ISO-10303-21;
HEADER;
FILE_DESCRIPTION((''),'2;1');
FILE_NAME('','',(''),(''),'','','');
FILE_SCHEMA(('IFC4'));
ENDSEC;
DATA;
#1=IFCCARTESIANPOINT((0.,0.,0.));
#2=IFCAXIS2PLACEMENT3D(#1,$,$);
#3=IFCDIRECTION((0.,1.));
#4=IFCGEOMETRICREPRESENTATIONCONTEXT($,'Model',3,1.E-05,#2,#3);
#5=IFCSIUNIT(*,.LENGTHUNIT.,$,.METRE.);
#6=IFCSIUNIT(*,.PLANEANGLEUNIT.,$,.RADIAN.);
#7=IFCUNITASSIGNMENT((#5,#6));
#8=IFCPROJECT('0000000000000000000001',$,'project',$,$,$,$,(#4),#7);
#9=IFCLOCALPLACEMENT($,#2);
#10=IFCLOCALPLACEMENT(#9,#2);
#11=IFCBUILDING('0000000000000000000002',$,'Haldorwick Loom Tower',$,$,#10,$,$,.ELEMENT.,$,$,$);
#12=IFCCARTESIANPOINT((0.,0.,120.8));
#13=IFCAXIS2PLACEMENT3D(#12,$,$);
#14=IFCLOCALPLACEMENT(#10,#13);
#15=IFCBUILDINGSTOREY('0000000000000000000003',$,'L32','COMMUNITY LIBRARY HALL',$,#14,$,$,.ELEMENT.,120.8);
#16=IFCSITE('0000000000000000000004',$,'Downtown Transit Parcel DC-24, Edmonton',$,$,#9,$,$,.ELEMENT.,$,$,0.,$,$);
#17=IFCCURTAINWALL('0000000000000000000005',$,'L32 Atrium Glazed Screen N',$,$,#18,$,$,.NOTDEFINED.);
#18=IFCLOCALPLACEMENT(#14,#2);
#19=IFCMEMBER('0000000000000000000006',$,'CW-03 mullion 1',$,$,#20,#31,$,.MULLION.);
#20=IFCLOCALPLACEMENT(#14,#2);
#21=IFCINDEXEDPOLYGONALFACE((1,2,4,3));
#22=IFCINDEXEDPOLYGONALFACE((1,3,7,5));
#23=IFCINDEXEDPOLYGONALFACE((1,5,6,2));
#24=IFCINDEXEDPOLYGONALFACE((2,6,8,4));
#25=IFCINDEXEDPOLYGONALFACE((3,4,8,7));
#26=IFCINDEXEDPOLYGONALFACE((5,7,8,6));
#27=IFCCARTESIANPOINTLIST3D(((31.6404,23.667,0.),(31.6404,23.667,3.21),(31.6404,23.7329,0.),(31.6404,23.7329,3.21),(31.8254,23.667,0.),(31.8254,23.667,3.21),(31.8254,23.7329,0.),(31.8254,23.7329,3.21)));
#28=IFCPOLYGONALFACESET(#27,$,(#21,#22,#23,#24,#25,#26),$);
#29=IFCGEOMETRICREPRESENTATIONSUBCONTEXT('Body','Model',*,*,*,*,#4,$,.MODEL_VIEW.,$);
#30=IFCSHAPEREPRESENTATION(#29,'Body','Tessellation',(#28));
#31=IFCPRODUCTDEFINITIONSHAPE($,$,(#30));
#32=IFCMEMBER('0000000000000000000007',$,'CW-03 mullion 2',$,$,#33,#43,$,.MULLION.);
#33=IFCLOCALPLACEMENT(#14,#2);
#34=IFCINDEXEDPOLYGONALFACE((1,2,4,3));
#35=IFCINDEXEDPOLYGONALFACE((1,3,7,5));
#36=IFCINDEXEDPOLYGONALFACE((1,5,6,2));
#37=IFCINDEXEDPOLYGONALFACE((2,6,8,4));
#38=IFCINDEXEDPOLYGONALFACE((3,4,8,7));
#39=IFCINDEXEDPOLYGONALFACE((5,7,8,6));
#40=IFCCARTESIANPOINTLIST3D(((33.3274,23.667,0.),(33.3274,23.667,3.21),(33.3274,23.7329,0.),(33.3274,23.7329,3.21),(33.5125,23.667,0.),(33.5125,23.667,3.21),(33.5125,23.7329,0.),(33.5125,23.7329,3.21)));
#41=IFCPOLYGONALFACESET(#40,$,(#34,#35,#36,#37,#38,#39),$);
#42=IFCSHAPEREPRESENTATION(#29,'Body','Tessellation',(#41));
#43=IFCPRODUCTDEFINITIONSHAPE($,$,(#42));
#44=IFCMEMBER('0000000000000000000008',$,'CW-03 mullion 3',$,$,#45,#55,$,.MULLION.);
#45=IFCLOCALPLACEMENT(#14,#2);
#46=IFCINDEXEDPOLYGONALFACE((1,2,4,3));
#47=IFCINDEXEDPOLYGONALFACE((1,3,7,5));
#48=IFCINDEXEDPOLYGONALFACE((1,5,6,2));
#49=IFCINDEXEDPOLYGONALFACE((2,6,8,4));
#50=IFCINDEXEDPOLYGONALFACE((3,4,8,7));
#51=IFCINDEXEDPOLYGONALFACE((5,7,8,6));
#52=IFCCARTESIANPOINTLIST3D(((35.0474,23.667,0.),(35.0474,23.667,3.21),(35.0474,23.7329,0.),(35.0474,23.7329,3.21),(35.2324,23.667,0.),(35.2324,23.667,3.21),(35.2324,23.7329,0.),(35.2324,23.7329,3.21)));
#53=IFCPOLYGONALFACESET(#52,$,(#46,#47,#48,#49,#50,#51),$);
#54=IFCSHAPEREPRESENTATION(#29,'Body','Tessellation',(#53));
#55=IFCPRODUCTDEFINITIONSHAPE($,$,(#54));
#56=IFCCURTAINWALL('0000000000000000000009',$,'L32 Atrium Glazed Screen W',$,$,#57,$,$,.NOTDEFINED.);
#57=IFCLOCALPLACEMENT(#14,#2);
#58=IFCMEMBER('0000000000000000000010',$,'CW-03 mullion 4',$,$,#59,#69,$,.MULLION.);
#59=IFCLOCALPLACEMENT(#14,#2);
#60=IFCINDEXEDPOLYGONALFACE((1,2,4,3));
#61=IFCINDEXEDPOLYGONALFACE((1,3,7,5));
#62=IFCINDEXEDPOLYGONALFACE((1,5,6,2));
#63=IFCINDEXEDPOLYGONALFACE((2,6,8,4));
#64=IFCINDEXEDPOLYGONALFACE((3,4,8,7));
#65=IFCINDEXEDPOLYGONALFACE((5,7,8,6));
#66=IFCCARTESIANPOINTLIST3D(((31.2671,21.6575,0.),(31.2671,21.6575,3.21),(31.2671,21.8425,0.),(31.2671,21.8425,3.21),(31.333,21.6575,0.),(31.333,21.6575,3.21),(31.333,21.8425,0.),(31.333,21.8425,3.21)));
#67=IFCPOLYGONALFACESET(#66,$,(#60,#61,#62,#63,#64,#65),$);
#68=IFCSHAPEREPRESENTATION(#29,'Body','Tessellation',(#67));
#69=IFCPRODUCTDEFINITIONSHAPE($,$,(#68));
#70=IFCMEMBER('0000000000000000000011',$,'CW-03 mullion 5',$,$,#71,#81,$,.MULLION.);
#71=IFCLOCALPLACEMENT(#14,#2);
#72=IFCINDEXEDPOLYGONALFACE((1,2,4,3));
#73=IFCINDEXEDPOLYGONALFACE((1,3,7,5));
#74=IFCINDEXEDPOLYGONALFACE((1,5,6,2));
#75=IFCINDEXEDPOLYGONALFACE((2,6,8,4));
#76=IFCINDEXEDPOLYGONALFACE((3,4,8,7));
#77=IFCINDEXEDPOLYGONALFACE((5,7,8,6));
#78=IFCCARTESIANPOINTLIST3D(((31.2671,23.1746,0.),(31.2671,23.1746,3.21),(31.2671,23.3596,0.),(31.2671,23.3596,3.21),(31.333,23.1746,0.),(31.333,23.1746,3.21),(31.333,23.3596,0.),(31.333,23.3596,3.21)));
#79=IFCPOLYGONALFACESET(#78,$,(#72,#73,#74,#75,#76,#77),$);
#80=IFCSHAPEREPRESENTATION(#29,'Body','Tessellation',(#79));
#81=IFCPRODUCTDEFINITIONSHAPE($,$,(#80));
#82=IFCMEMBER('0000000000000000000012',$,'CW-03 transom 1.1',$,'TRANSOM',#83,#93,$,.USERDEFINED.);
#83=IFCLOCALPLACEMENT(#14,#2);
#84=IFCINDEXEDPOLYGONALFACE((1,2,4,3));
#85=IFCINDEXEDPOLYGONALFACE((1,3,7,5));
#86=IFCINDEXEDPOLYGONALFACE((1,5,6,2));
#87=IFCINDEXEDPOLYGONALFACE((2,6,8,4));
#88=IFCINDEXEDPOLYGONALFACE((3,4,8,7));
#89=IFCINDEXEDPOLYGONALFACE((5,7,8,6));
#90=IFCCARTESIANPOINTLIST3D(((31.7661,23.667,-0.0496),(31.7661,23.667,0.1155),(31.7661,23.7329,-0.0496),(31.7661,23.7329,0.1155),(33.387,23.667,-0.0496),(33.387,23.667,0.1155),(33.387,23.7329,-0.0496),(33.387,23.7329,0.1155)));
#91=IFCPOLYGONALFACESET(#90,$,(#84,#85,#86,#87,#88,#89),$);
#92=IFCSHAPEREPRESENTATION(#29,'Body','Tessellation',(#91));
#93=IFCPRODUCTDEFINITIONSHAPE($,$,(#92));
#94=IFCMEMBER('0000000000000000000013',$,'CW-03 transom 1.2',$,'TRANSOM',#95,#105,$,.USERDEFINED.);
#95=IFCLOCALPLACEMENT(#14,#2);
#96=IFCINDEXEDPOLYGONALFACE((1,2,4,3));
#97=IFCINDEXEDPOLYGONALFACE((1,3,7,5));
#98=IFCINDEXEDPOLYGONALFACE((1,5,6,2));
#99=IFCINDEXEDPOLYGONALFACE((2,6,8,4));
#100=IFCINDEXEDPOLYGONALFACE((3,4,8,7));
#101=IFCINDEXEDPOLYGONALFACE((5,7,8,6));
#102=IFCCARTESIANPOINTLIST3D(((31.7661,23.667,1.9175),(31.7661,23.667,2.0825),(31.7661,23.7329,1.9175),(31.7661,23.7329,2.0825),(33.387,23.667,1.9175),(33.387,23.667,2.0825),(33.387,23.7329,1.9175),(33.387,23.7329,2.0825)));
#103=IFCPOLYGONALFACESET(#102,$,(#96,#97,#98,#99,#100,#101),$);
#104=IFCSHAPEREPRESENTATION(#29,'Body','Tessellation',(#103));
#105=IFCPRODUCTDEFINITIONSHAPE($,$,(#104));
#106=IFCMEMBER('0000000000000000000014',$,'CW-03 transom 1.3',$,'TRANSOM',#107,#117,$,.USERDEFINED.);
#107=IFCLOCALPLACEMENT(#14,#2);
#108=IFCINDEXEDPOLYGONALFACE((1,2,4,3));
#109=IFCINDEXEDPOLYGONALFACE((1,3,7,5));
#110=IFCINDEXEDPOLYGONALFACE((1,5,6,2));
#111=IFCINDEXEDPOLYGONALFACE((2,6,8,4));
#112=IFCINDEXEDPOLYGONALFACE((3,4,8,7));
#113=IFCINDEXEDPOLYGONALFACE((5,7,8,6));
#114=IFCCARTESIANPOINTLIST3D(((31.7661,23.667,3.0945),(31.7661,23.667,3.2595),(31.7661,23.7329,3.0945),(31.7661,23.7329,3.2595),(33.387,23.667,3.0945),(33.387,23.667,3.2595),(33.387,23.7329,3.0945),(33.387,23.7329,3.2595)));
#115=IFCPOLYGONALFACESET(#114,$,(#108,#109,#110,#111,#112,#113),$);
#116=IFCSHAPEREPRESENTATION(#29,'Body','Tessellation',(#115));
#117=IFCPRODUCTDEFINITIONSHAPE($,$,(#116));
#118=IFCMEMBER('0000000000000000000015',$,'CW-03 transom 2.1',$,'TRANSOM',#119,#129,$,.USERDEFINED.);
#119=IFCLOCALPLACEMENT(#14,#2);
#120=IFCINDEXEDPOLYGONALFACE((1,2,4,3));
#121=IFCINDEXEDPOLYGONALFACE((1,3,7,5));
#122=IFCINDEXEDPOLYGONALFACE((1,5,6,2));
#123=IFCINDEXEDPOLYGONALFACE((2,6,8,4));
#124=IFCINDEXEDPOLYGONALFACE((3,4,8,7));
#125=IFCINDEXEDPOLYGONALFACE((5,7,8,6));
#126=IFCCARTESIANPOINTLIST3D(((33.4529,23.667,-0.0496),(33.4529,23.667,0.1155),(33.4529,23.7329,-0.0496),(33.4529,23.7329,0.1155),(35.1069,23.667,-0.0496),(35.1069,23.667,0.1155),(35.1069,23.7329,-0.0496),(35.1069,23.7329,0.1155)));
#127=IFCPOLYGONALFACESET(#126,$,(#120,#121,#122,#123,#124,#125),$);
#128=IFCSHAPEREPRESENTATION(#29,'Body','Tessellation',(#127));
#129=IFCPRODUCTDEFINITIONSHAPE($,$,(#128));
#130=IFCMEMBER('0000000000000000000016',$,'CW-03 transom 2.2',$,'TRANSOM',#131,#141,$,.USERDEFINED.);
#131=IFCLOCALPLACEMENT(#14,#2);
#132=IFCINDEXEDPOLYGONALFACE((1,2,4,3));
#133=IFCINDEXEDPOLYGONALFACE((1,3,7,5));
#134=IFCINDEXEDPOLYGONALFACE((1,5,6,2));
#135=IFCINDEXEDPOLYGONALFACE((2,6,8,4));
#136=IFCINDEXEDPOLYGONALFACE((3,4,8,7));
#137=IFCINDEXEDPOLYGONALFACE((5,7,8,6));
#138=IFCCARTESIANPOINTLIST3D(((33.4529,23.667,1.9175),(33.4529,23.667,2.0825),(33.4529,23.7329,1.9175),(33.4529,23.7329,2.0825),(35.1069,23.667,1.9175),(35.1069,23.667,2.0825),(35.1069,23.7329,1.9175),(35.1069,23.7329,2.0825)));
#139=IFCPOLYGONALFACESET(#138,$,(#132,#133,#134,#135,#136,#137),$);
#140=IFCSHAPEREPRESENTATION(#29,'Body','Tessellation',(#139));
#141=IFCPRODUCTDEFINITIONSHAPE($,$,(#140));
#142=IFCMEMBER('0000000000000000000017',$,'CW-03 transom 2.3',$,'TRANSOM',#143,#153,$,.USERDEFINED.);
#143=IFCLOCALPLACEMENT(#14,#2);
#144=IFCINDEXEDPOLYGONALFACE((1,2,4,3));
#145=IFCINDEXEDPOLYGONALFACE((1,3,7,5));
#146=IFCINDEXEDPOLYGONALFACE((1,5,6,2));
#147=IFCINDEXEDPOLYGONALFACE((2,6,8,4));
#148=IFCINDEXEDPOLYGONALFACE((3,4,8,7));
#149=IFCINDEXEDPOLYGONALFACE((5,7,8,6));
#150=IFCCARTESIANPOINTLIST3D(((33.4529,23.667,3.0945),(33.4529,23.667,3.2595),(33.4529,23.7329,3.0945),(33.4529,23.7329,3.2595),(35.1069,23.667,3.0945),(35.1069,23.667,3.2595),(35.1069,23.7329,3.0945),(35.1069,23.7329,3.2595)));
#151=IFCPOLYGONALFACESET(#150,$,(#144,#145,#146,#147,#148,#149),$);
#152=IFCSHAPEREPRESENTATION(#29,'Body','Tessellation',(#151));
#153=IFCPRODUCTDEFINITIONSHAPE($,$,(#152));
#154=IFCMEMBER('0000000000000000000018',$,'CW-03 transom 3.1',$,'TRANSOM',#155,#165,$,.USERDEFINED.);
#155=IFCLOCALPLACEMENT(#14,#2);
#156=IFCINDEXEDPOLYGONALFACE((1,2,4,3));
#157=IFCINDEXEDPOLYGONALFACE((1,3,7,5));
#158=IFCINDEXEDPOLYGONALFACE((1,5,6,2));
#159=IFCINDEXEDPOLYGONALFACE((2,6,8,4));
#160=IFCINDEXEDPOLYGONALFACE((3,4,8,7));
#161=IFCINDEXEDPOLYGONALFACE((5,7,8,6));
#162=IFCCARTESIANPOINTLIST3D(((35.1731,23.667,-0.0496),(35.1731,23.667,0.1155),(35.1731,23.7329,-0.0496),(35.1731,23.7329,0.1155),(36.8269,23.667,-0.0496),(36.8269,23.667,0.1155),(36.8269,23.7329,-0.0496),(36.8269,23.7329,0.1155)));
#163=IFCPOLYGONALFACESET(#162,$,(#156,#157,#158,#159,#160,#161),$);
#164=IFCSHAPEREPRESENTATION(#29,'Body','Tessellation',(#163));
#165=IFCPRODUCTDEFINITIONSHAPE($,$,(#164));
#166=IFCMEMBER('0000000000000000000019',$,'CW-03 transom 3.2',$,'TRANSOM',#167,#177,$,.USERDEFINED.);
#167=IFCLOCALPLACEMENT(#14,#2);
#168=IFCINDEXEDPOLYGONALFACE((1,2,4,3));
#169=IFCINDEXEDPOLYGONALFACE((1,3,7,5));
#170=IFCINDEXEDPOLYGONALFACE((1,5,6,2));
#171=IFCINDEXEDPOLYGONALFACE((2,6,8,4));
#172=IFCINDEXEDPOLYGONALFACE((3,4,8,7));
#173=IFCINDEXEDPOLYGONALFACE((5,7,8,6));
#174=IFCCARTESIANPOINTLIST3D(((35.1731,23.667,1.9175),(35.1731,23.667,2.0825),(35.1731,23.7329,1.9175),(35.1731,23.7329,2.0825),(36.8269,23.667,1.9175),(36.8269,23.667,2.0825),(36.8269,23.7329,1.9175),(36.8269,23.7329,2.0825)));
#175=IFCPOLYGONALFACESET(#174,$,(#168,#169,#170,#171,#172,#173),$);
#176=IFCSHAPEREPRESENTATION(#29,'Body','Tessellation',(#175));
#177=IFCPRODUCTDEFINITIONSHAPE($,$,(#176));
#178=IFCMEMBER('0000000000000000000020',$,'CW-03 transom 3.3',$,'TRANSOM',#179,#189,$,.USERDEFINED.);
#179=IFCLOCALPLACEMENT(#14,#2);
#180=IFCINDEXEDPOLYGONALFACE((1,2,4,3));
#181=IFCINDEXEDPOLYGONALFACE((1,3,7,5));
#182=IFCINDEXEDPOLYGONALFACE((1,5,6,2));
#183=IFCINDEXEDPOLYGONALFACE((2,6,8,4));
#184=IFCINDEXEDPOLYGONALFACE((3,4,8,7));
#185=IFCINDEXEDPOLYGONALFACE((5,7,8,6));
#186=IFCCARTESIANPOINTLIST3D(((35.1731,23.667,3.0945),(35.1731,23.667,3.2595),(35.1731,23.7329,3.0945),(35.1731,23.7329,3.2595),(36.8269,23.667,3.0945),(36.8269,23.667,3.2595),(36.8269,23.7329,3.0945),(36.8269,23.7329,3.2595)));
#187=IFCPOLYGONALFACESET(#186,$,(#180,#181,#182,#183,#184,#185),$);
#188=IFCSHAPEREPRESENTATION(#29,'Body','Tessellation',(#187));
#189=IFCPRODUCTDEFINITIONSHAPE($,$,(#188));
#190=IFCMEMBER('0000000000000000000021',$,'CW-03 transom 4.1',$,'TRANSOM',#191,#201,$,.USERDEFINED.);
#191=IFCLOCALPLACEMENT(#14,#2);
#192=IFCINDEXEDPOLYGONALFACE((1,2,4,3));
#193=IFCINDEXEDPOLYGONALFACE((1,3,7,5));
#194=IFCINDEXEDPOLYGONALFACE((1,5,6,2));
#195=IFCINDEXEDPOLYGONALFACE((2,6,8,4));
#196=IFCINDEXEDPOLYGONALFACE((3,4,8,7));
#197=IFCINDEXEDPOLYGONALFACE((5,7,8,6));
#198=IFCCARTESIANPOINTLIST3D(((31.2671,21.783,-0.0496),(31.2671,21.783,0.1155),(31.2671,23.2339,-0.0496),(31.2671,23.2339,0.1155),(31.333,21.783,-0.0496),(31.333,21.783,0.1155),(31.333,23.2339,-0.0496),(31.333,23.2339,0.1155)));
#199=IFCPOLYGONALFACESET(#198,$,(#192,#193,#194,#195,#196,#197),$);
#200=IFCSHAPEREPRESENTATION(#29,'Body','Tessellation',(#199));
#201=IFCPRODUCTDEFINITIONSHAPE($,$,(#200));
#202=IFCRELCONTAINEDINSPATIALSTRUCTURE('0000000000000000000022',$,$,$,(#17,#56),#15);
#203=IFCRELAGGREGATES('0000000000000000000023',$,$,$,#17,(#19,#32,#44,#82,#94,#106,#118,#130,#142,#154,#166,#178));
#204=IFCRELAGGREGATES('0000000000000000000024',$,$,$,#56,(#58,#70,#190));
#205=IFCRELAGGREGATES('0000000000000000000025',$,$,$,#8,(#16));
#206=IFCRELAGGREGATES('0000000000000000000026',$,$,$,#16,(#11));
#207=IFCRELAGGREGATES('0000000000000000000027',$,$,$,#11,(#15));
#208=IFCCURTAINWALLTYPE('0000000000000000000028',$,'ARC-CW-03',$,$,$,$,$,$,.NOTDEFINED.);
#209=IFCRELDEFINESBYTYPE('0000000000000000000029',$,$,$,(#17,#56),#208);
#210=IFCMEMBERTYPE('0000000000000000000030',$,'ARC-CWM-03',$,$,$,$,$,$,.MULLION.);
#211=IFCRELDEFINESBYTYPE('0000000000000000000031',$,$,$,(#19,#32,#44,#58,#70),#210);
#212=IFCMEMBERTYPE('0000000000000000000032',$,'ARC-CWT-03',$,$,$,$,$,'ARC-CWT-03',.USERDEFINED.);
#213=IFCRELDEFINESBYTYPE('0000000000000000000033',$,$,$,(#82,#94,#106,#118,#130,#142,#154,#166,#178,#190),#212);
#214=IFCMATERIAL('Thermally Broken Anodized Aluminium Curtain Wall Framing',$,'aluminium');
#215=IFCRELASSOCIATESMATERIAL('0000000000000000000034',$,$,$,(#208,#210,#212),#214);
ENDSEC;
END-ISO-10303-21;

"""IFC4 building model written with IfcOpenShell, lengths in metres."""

from ifc_helpers import new_model, si_unit, direction, frame, origin, origin_2d, place, context, subcontext, project, spatial, rectangle, extrude, material, material_profile, profile_set, type_object, element, aggregate, save


model = new_model("IFC4")

# Units and contexts
model_context = context("Model", 3, precision=1e-05, world=origin(), true_north=direction((0.0, 1.0)))
body_context = subcontext(model_context, "Body", "Model", "MODEL_VIEW")
ifc_project = project(units=[si_unit("LENGTHUNIT", "METRE"), si_unit("PLANEANGLEUNIT", "RADIAN")], contexts=[model_context])

# Site, building, storey
site_placement = place(None, origin())
site = spatial("IfcSite", under=ifc_project, at=site_placement, Name="Downtown Transit Parcel DC-24, Edmonton", CompositionType="ELEMENT", RefElevation=0.0)
building_placement = place(site_placement, origin())
building = spatial("IfcBuilding", under=site, at=building_placement, Name="Haldorwick Loom Tower", CompositionType="ELEMENT")
storey_placement = place(building_placement, frame((0.0, 0.0, 120.8)))
storey = spatial("IfcBuildingStorey", under=building, at=storey_placement, Name="L32", Description="COMMUNITY LIBRARY HALL", CompositionType="ELEMENT", Elevation=120.8)

# Curtain walls, members
ifc_material_1 = material(Name="Thermally Broken Anodized Aluminium Curtain Wall Framing", Category="aluminium")
curtain_wall_type = type_object("IfcCurtainWallType", Name="ARC-CW-03", PredefinedType="NOTDEFINED", material=ifc_material_1)
curtain_wall_1_placement = place(storey_placement, origin())
curtain_wall_1 = element("IfcCurtainWall", 1, at=curtain_wall_1_placement, inside=storey, type_object=curtain_wall_type, Name="L32 Atrium Glazed Screen N", PredefinedType="NOTDEFINED")
ifc_material_profile_1 = material_profile(ifc_material_1, rectangle(XDim=0.0659, YDim=0.1851, at=origin_2d()), Name="ALU_MUL_66X185", Category="aluminium")
ifc_profile_set_1 = profile_set([ifc_material_profile_1], Name="Thermally Broken Anodized Aluminium Curtain Wall Framing")
member_type_1 = type_object("IfcMemberType", Name="ARC-CWM-03", PredefinedType="MULLION", material=ifc_profile_set_1)
member_1_placement = place(storey_placement, frame((31.7329, 23.7, 0.0), z_axis=(0.0, 0.0, 1.0), x_axis=(0.0, 1.0, 0.0)))
member_1 = element("IfcMember", 2, at=member_1_placement, type_object=member_type_1, Name="CW-03 mullion 1", PredefinedType="MULLION", context=body_context, shape_type="SweptSolid", body=[
    extrude(rectangle(XDim=0.0659, YDim=0.1851, at=origin_2d()), origin(), (0.0, 0.0, 1.0), 3.21),
])
member_2_placement = place(storey_placement, frame((33.4199, 23.7, 0.0), z_axis=(0.0, 0.0, 1.0), x_axis=(0.0, 1.0, 0.0)))
member_2 = element("IfcMember", 3, at=member_2_placement, type_object=member_type_1, Name="CW-03 mullion 2", PredefinedType="MULLION", context=body_context, shape_type="SweptSolid", body=[
    extrude(rectangle(XDim=0.0659, YDim=0.1851, at=origin_2d()), origin(), (0.0, 0.0, 1.0), 3.21),
])
member_3_placement = place(storey_placement, frame((35.1399, 23.7, 0.0), z_axis=(0.0, 0.0, 1.0), x_axis=(0.0, 1.0, 0.0)))
member_3 = element("IfcMember", 4, at=member_3_placement, type_object=member_type_1, Name="CW-03 mullion 3", PredefinedType="MULLION", context=body_context, shape_type="SweptSolid", body=[
    extrude(rectangle(XDim=0.0659, YDim=0.1851, at=origin_2d()), origin(), (0.0, 0.0, 1.0), 3.21),
])
curtain_wall_2_placement = place(storey_placement, origin())
curtain_wall_2 = element("IfcCurtainWall", 5, at=curtain_wall_2_placement, inside=storey, type_object=curtain_wall_type, Name="L32 Atrium Glazed Screen W", PredefinedType="NOTDEFINED")
member_4_placement = place(storey_placement, frame((31.3, 21.75, 0.0), z_axis=(0.0, 0.0, 1.0), x_axis=(-1.0, 0.0, 0.0)))
member_4 = element("IfcMember", 6, at=member_4_placement, type_object=member_type_1, Name="CW-03 mullion 4", PredefinedType="MULLION", context=body_context, shape_type="SweptSolid", body=[
    extrude(rectangle(XDim=0.0659, YDim=0.1851, at=origin_2d()), origin(), (0.0, 0.0, 1.0), 3.21),
])
member_5_placement = place(storey_placement, frame((31.3, 23.2671, 0.0), z_axis=(0.0, 0.0, 1.0), x_axis=(-1.0, 0.0, 0.0)))
member_5 = element("IfcMember", 7, at=member_5_placement, type_object=member_type_1, Name="CW-03 mullion 5", PredefinedType="MULLION", context=body_context, shape_type="SweptSolid", body=[
    extrude(rectangle(XDim=0.0659, YDim=0.1851, at=origin_2d()), origin(), (0.0, 0.0, 1.0), 3.21),
])

# Members
ifc_material_profile_2 = material_profile(ifc_material_1, rectangle(XDim=0.0659, YDim=0.165, at=origin_2d()), Name="ALU_TRN_66X165", Category="aluminium")
ifc_profile_set_2 = profile_set([ifc_material_profile_2], Name="Thermally Broken Anodized Aluminium Curtain Wall Framing")
member_type_2 = type_object("IfcMemberType", Name="ARC-CWT-03", ElementType="ARC-CWT-03", PredefinedType="USERDEFINED", material=ifc_profile_set_2)
member_6_placement = place(storey_placement, frame((31.7661, 23.7, 0.033), z_axis=(1.0, 0.0, 0.0), x_axis=(0.0, 1.0, 0.0)))
member_6 = element("IfcMember", 8, at=member_6_placement, type_object=member_type_2, Name="CW-03 transom 1.1", ObjectType="TRANSOM", PredefinedType="USERDEFINED", context=body_context, shape_type="SweptSolid", body=[
    extrude(rectangle(XDim=0.0659, YDim=0.165, at=origin_2d()), origin(), (0.0, 0.0, 1.0), 1.6208),
])
member_7_placement = place(storey_placement, frame((31.7661, 23.7, 2.0), z_axis=(1.0, 0.0, 0.0), x_axis=(0.0, 1.0, 0.0)))
member_7 = element("IfcMember", 9, at=member_7_placement, type_object=member_type_2, Name="CW-03 transom 1.2", ObjectType="TRANSOM", PredefinedType="USERDEFINED", context=body_context, shape_type="SweptSolid", body=[
    extrude(rectangle(XDim=0.0659, YDim=0.165, at=origin_2d()), origin(), (0.0, 0.0, 1.0), 1.6208),
])
member_8_placement = place(storey_placement, frame((31.7661, 23.7, 3.177), z_axis=(1.0, 0.0, 0.0), x_axis=(0.0, 1.0, 0.0)))
member_8 = element("IfcMember", 10, at=member_8_placement, type_object=member_type_2, Name="CW-03 transom 1.3", ObjectType="TRANSOM", PredefinedType="USERDEFINED", context=body_context, shape_type="SweptSolid", body=[
    extrude(rectangle(XDim=0.0659, YDim=0.165, at=origin_2d()), origin(), (0.0, 0.0, 1.0), 1.6208),
])
member_9_placement = place(storey_placement, frame((33.4529, 23.7, 0.033), z_axis=(1.0, 0.0, 0.0), x_axis=(0.0, 1.0, 0.0)))
member_9 = element("IfcMember", 11, at=member_9_placement, type_object=member_type_2, Name="CW-03 transom 2.1", ObjectType="TRANSOM", PredefinedType="USERDEFINED", context=body_context, shape_type="SweptSolid", body=[
    extrude(rectangle(XDim=0.0659, YDim=0.165, at=origin_2d()), origin(), (0.0, 0.0, 1.0), 1.6541),
])
member_10_placement = place(storey_placement, frame((33.4529, 23.7, 2.0), z_axis=(1.0, 0.0, 0.0), x_axis=(0.0, 1.0, 0.0)))
member_10 = element("IfcMember", 12, at=member_10_placement, type_object=member_type_2, Name="CW-03 transom 2.2", ObjectType="TRANSOM", PredefinedType="USERDEFINED", context=body_context, shape_type="SweptSolid", body=[
    extrude(rectangle(XDim=0.0659, YDim=0.165, at=origin_2d()), origin(), (0.0, 0.0, 1.0), 1.6541),
])
member_11_placement = place(storey_placement, frame((33.4529, 23.7, 3.177), z_axis=(1.0, 0.0, 0.0), x_axis=(0.0, 1.0, 0.0)))
member_11 = element("IfcMember", 13, at=member_11_placement, type_object=member_type_2, Name="CW-03 transom 2.3", ObjectType="TRANSOM", PredefinedType="USERDEFINED", context=body_context, shape_type="SweptSolid", body=[
    extrude(rectangle(XDim=0.0659, YDim=0.165, at=origin_2d()), origin(), (0.0, 0.0, 1.0), 1.6541),
])
member_12_placement = place(storey_placement, frame((35.1731, 23.7, 0.033), z_axis=(1.0, 0.0, 0.0), x_axis=(0.0, 1.0, 0.0)))
member_12 = element("IfcMember", 14, at=member_12_placement, type_object=member_type_2, Name="CW-03 transom 3.1", ObjectType="TRANSOM", PredefinedType="USERDEFINED", context=body_context, shape_type="SweptSolid", body=[
    extrude(rectangle(XDim=0.0659, YDim=0.165, at=origin_2d()), origin(), (0.0, 0.0, 1.0), 1.6538),
])
member_13_placement = place(storey_placement, frame((35.1731, 23.7, 2.0), z_axis=(1.0, 0.0, 0.0), x_axis=(0.0, 1.0, 0.0)))
member_13 = element("IfcMember", 15, at=member_13_placement, type_object=member_type_2, Name="CW-03 transom 3.2", ObjectType="TRANSOM", PredefinedType="USERDEFINED", context=body_context, shape_type="SweptSolid", body=[
    extrude(rectangle(XDim=0.0659, YDim=0.165, at=origin_2d()), origin(), (0.0, 0.0, 1.0), 1.6538),
])
member_14_placement = place(storey_placement, frame((35.1731, 23.7, 3.177), z_axis=(1.0, 0.0, 0.0), x_axis=(0.0, 1.0, 0.0)))
member_14 = element("IfcMember", 16, at=member_14_placement, type_object=member_type_2, Name="CW-03 transom 3.3", ObjectType="TRANSOM", PredefinedType="USERDEFINED", context=body_context, shape_type="SweptSolid", body=[
    extrude(rectangle(XDim=0.0659, YDim=0.165, at=origin_2d()), origin(), (0.0, 0.0, 1.0), 1.6538),
])
member_15_placement = place(storey_placement, frame((31.3, 21.783, 0.033), z_axis=(0.0, 1.0, 0.0), x_axis=(-1.0, 0.0, 0.0)))
member_15 = element("IfcMember", 17, at=member_15_placement, type_object=member_type_2, Name="CW-03 transom 4.1", ObjectType="TRANSOM", PredefinedType="USERDEFINED", context=body_context, shape_type="SweptSolid", body=[
    extrude(rectangle(XDim=0.0659, YDim=0.165, at=origin_2d()), origin(), (0.0, 0.0, 1.0), 1.4509),
])

aggregate(curtain_wall_1, [member_1, member_2, member_3, member_6, member_7, member_8, member_9, member_10, member_11, member_12, member_13, member_14])
aggregate(curtain_wall_2, [member_4, member_5, member_15])

save(model, "model.ifc")
